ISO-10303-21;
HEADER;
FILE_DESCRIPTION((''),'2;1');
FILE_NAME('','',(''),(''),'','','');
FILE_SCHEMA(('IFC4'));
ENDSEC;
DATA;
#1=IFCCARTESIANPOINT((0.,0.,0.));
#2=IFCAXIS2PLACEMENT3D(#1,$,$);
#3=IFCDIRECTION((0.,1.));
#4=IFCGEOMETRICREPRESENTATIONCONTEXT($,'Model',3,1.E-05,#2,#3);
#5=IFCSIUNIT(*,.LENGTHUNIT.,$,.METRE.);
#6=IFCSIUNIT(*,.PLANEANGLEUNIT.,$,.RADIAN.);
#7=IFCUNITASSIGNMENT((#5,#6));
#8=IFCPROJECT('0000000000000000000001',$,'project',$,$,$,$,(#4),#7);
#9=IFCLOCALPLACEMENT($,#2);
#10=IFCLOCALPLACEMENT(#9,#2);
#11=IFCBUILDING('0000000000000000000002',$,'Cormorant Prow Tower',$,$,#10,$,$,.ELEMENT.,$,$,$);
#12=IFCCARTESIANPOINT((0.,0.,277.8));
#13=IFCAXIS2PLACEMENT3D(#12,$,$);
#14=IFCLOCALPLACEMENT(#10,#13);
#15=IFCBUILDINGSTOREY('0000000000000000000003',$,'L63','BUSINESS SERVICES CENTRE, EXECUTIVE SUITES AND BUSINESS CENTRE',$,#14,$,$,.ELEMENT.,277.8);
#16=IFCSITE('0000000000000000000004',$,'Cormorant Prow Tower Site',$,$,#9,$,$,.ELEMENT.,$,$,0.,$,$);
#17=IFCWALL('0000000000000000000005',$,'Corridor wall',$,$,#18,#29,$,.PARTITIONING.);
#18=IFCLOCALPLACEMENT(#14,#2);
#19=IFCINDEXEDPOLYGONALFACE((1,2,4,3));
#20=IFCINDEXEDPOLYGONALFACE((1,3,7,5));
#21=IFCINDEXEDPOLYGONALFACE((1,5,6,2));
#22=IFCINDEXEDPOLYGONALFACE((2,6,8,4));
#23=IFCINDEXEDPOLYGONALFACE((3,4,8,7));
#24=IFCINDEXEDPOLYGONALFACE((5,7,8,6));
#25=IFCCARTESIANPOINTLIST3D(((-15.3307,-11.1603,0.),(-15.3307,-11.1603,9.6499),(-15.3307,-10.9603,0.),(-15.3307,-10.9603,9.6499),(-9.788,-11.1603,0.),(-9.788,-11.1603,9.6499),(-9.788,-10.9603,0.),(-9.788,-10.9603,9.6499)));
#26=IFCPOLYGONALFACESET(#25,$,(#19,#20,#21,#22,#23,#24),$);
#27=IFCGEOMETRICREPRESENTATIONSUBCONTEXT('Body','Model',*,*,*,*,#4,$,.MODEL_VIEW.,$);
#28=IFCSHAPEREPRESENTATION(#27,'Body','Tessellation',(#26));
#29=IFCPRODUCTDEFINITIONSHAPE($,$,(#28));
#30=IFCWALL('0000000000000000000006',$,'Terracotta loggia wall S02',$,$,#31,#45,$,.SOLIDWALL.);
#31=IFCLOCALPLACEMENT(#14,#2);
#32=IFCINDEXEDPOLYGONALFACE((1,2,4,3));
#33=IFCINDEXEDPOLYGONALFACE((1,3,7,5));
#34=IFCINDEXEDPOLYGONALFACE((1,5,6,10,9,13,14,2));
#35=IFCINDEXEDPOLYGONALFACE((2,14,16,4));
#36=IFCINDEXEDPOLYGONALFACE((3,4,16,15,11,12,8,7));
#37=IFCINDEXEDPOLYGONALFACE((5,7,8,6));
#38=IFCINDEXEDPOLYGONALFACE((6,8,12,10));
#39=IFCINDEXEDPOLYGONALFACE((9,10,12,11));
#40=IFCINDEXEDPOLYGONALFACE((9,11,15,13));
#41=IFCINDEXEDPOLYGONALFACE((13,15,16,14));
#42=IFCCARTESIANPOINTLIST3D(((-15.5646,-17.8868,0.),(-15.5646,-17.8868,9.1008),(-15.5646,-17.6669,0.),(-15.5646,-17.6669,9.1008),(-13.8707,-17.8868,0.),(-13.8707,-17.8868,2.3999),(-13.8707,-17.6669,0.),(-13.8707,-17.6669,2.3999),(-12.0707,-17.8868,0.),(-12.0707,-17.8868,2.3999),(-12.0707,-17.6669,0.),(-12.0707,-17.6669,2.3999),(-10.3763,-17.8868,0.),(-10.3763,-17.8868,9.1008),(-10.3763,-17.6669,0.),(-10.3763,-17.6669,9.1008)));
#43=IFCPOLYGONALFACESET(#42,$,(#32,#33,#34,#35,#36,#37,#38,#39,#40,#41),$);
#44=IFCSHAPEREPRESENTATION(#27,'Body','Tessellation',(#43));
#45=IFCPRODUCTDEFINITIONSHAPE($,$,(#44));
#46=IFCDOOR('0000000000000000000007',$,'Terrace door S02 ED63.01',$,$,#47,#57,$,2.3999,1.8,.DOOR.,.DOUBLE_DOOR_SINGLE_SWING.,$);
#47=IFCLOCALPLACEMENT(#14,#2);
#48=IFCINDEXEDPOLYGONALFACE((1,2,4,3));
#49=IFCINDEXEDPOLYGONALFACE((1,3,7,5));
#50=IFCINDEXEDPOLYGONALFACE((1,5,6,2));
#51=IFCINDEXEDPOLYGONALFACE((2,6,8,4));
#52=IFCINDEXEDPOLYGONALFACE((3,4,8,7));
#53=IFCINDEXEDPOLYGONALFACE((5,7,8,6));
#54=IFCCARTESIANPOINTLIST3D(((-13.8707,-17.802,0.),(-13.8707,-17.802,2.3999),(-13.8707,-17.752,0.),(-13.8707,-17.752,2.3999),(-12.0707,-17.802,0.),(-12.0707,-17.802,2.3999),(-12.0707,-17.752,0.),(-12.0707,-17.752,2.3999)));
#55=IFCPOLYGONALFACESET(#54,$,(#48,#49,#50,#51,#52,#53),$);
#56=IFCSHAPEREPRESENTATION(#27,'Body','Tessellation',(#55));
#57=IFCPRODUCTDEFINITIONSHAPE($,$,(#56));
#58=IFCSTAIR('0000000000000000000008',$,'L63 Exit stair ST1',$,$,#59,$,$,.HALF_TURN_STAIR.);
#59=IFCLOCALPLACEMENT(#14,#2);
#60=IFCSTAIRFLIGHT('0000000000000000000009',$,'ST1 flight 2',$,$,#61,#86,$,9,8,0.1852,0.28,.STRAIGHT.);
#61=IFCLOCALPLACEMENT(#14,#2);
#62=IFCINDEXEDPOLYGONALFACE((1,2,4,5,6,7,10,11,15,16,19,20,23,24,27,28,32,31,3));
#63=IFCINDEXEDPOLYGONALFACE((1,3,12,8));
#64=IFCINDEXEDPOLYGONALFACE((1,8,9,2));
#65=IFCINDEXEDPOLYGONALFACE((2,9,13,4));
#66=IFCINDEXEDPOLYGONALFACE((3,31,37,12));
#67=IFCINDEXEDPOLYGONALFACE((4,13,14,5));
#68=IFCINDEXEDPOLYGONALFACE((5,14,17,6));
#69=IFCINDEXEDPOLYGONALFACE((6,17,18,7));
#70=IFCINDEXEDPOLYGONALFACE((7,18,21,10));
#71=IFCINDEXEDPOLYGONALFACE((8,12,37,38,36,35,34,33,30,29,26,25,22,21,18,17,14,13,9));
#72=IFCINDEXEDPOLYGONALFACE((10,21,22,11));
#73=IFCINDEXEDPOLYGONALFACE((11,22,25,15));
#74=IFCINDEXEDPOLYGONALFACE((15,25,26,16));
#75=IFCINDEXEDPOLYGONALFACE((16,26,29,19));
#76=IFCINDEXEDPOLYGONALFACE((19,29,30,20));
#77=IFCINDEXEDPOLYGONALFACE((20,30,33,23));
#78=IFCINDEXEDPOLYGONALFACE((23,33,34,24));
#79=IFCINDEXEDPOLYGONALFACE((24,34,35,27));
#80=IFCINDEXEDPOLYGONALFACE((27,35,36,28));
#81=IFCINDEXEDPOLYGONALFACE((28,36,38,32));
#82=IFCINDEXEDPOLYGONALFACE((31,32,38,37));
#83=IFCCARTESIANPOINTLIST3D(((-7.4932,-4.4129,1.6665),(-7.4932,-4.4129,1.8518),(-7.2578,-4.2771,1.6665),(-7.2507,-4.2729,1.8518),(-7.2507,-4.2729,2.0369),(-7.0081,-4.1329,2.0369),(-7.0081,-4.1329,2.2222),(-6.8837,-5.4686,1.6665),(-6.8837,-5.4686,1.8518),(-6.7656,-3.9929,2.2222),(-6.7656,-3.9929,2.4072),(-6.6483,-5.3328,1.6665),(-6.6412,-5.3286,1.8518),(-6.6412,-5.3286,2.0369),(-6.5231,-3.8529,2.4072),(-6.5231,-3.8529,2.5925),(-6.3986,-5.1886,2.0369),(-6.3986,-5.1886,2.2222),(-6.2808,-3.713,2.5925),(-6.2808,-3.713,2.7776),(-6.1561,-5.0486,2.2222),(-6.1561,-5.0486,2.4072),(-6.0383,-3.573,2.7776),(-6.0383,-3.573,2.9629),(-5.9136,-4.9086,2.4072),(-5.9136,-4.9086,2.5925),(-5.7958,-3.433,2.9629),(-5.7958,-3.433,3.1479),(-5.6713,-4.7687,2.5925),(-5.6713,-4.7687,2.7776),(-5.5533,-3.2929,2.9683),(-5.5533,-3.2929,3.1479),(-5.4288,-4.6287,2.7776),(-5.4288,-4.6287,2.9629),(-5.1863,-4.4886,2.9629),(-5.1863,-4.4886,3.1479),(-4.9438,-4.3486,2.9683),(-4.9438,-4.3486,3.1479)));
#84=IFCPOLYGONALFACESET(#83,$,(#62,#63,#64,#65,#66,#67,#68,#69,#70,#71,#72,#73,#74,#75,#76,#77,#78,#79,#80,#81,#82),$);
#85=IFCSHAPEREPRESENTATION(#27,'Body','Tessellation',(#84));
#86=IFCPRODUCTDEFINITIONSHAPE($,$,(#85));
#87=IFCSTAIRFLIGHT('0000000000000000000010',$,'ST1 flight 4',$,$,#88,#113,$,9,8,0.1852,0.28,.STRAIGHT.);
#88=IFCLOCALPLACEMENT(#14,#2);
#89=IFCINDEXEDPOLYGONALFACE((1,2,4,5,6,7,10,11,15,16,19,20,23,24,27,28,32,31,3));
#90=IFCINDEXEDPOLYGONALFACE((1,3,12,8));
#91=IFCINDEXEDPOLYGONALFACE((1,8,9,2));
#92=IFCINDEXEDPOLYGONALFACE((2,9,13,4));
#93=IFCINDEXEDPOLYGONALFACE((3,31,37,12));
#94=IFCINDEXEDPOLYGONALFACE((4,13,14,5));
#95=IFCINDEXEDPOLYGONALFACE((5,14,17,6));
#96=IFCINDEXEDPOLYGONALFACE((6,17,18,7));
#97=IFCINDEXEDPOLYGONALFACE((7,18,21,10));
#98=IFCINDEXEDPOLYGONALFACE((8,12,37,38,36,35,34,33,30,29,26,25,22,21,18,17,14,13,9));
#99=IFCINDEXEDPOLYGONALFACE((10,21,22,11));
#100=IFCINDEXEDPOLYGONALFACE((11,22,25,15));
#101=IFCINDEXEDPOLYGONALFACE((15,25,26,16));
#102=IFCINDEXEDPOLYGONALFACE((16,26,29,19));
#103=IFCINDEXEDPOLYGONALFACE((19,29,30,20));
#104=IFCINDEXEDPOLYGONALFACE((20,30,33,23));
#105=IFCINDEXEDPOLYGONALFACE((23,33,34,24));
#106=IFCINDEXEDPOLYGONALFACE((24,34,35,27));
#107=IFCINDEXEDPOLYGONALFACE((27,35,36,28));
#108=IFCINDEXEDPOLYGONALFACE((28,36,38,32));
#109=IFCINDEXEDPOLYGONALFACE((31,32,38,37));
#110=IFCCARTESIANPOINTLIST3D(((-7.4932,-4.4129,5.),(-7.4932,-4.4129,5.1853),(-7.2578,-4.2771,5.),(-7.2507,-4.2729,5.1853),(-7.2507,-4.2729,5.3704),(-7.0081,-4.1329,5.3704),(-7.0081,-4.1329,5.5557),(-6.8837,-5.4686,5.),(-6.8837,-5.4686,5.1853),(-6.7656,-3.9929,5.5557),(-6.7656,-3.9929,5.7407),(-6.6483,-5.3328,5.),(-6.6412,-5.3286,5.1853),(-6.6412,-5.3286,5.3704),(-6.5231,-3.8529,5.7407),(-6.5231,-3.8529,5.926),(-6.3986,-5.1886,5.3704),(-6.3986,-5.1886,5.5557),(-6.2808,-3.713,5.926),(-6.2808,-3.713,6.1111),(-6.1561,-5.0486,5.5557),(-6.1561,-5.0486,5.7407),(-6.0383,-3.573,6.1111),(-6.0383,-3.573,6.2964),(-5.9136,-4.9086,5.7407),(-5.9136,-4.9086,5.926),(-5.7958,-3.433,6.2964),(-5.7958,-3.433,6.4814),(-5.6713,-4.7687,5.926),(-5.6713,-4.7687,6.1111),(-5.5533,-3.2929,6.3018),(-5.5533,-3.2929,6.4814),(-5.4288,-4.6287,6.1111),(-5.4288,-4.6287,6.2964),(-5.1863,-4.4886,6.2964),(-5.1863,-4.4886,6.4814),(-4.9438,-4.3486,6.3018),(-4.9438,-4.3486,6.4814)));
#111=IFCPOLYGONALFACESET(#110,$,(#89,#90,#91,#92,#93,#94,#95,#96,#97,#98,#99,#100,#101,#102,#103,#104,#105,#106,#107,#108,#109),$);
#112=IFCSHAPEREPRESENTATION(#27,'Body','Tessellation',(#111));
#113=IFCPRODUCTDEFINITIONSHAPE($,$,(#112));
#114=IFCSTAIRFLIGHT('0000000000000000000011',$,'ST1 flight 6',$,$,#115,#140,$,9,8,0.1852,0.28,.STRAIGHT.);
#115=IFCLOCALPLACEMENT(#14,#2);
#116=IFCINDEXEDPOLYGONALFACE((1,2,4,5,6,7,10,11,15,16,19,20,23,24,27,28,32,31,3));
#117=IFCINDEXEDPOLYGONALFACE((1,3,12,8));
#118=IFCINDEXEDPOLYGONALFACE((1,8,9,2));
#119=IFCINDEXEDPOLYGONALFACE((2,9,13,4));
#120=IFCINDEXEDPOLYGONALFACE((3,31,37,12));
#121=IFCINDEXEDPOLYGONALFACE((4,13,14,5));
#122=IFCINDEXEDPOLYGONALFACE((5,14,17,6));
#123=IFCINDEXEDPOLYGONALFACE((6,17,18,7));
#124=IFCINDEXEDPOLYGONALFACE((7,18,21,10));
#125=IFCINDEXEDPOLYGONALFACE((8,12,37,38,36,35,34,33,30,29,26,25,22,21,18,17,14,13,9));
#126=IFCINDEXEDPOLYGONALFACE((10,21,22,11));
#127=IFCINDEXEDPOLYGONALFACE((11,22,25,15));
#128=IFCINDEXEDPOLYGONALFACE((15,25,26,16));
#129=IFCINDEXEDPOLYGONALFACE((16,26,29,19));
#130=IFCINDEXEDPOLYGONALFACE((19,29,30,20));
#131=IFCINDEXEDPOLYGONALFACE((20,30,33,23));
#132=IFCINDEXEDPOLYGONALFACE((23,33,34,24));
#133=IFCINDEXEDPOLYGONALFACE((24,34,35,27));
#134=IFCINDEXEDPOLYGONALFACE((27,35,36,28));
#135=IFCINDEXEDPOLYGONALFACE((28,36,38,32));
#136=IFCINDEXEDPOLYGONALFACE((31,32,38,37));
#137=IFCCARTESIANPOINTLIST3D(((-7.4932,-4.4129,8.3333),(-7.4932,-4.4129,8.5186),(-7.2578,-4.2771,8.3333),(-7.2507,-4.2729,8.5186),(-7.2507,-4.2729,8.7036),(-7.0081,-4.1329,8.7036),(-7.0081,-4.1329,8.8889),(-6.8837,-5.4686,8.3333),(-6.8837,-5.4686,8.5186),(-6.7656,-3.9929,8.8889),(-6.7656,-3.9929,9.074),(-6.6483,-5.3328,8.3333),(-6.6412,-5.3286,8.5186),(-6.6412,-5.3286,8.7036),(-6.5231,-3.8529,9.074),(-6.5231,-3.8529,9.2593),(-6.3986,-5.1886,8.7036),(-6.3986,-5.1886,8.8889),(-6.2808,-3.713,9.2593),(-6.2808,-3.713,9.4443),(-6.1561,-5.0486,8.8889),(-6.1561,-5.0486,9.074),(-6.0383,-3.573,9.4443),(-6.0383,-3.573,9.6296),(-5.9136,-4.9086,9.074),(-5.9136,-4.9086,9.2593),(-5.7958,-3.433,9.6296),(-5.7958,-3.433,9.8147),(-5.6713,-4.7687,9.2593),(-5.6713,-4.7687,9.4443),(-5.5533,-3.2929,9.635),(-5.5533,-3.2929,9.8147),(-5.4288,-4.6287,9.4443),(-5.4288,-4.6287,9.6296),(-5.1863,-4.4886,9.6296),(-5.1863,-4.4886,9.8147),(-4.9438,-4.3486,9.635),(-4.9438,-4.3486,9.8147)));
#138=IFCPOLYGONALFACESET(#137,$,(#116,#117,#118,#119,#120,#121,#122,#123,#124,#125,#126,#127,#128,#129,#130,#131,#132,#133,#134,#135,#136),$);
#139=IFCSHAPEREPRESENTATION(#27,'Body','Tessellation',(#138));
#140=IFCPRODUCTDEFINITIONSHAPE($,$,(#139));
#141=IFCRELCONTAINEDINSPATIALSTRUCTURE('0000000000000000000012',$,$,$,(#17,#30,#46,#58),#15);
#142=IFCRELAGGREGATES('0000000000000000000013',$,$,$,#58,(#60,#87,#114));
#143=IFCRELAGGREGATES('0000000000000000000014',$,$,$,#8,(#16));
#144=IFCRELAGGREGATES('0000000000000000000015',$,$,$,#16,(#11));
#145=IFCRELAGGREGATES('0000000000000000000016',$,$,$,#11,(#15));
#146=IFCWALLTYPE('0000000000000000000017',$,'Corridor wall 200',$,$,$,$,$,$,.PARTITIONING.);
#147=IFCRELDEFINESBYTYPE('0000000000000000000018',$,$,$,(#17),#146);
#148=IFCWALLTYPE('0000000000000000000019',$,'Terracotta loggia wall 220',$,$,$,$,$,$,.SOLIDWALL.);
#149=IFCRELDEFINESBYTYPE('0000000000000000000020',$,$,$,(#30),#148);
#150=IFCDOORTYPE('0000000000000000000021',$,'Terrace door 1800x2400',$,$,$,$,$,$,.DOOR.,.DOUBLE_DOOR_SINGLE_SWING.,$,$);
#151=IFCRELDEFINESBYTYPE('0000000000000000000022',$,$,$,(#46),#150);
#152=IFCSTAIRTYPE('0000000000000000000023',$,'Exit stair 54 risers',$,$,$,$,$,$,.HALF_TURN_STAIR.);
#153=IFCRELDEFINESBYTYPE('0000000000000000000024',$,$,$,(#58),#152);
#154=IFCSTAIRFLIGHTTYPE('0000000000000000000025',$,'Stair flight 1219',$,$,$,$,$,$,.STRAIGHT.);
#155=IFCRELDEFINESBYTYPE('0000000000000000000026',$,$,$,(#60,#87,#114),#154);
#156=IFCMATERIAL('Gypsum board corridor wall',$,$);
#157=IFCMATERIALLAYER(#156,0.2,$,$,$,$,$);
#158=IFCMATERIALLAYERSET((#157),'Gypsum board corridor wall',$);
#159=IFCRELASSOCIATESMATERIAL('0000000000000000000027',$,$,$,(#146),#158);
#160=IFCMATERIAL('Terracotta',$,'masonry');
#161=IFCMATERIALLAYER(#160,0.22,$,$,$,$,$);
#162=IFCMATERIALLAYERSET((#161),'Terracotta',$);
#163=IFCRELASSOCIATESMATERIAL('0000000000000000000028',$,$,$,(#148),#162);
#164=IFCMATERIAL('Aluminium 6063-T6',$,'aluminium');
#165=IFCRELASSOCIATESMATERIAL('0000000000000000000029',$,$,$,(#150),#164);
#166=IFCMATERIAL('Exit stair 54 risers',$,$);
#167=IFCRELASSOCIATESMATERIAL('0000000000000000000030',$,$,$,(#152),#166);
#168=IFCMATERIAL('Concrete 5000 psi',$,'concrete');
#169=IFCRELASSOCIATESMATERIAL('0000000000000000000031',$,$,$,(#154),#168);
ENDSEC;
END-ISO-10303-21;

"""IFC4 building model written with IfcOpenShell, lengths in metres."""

from ifc_helpers import new_model, si_unit, direction, frame, frame_2d, origin, place, context, subcontext, project, spatial, polyline, rectangle, outline, extrude, material, layer, layer_set, type_object, element, fill, aggregate, save


model = new_model("IFC4")

# Units and contexts
model_context = context("Model", 3, precision=1e-05, world=origin(), true_north=direction((0.0, 1.0)))
body_context = subcontext(model_context, "Body", "Model", "MODEL_VIEW")
ifc_project = project(units=[si_unit("LENGTHUNIT", "METRE"), si_unit("PLANEANGLEUNIT", "RADIAN")], contexts=[model_context])

# Site, building, storey
site_placement = place(None, origin())
site = spatial("IfcSite", under=ifc_project, at=site_placement, Name="Cormorant Prow Tower Site", CompositionType="ELEMENT", RefElevation=0.0)
building_placement = place(site_placement, origin())
building = spatial("IfcBuilding", under=site, at=building_placement, Name="Cormorant Prow Tower", CompositionType="ELEMENT")
storey_placement = place(building_placement, frame((0.0, 0.0, 277.8)))
storey = spatial("IfcBuildingStorey", under=building, at=storey_placement, Name="L63", Description="BUSINESS SERVICES CENTRE, EXECUTIVE SUITES AND BUSINESS CENTRE", CompositionType="ELEMENT", Elevation=277.8)

# Shared definitions
ifc_material_1 = material(Name="Gypsum board corridor wall")
ifc_layer_1 = layer(ifc_material_1, 0.2)
ifc_layer_set_1 = layer_set([ifc_layer_1], Name="Gypsum board corridor wall")
wall_type_1 = type_object("IfcWallType", Name="Corridor wall 200", PredefinedType="PARTITIONING", material=ifc_layer_set_1)

# Wall
wall_1_placement = place(storey_placement, frame((-15.3308, -11.0603, 0.0), z_axis=(0.0, 0.0, 1.0), x_axis=(1.0, 0.0, 0.0)))
element("IfcWall", 1, at=wall_1_placement, inside=storey, type_object=wall_type_1, Name="Corridor wall", PredefinedType="PARTITIONING", context=body_context, shape_type="SweptSolid", body=[
    extrude(rectangle(XDim=5.5427, YDim=0.2, at=frame_2d((2.7715, 0.0))), origin(), (0.0, 0.0, 1.0), 9.6499),
])

# Wall, opening, door
ifc_material_2 = material(Name="Terracotta", Category="masonry")
ifc_layer_2 = layer(ifc_material_2, 0.22)
ifc_layer_set_2 = layer_set([ifc_layer_2], Name="Terracotta")
wall_type_2 = type_object("IfcWallType", Name="Terracotta loggia wall 220", PredefinedType="SOLIDWALL", material=ifc_layer_set_2)
wall_2_placement = place(storey_placement, frame((-15.5647, -17.7769, 0.0), z_axis=(0.0, 0.0, 1.0), x_axis=(1.0, 0.0, 0.0)))
wall_2 = element("IfcWall", 2, at=wall_2_placement, inside=storey, type_object=wall_type_2, Name="Terracotta loggia wall S02", PredefinedType="SOLIDWALL", context=body_context, shape_type="SweptSolid", body=[
    extrude(rectangle(XDim=5.1882, YDim=0.22, at=frame_2d((2.5942, 0.0))), origin(), (0.0, 0.0, 1.0), 9.1008),
])
opening_1_placement = place(wall_2_placement, frame((1.6941, 0.0, 0.0)))
opening_1 = element("IfcOpeningElement", 3, at=opening_1_placement, cuts=wall_2, PredefinedType="OPENING", context=body_context, shape_type="SweptSolid", body=[
    extrude(rectangle(XDim=1.8, YDim=2.3999, at=frame_2d((0.8999, 1.2))), frame((0.0, 0.1199, 0.0), z_axis=(0.0, -1.0, 0.0), x_axis=(1.0, 0.0, 0.0)), (0.0, 0.0, 1.0), 0.24),
])
ifc_material_3 = material(Name="Aluminium 6063-T6", Category="aluminium")
door_type_1 = type_object("IfcDoorType", Name="Terrace door 1800x2400", OperationType="DOUBLE_DOOR_SINGLE_SWING", PredefinedType="DOOR", material=ifc_material_3)
door_1_placement = place(opening_1_placement, origin())
door_1 = element("IfcDoor", 4, at=door_1_placement, inside=storey, type_object=door_type_1, Name="Terrace door S02 ED63.01", OperationType="DOUBLE_DOOR_SINGLE_SWING", OverallHeight=2.3999, OverallWidth=1.8, PredefinedType="DOOR", context=body_context, shape_type="SweptSolid", body=[
    extrude(rectangle(XDim=1.8, YDim=2.3999, at=frame_2d((0.8999, 1.2))), frame((0.0, 0.0249, 0.0), z_axis=(0.0, -1.0, 0.0), x_axis=(1.0, 0.0, 0.0)), (0.0, 0.0, 1.0), 0.05),
])
fill(opening_1, door_1)

# Stair, stair flights
ifc_material_4 = material(Name="Exit stair 54 risers")
stair_type = type_object("IfcStairType", Name="Exit stair 54 risers", PredefinedType="HALF_TURN_STAIR", material=ifc_material_4)
stair_placement = place(storey_placement, origin())
stair = element("IfcStair", 5, at=stair_placement, inside=storey, type_object=stair_type, Name="L63 Exit stair ST1", PredefinedType="HALF_TURN_STAIR")
ifc_material_5 = material(Name="Concrete 5000 psi", Category="concrete")
stair_flight_type = type_object("IfcStairFlightType", Name="Stair flight 1219", PredefinedType="STRAIGHT", material=ifc_material_5)
stair_flight_1_placement = place(storey_placement, frame((-7.1885, -4.9407, 1.6665), z_axis=(0.0, 0.0, 1.0), x_axis=(0.866025, 0.5, 0.0)))
stair_flight_1 = element("IfcStairFlight", 6, at=stair_flight_1_placement, type_object=stair_flight_type, Name="ST1 flight 2", NumberOfRisers=9, NumberOfTreads=8, PredefinedType="STRAIGHT", RiserHeight=0.1852, TreadLength=0.28, context=body_context, shape_type="SweptSolid", body=[
    extrude(outline(polyline([(0.0, 0.0), (0.0, 0.1853), (0.28, 0.1853), (0.28, 0.3704), (0.5601, 0.3704), (0.5601, 0.5557), (0.8401, 0.5557), (0.8401, 0.7407), (1.1201, 0.7407), (1.1201, 0.926), (1.3999, 0.926), (1.3999, 1.1111), (1.6799, 1.1111), (1.6799, 1.2964), (1.96, 1.2964), (1.96, 1.4814), (2.24, 1.4814), (2.24, 1.6667), (2.24, 1.3018), (0.2717, 0.0), (0.0, 0.0)])), frame((0.0, 0.6094, 0.0), z_axis=(0.0, -1.0, 0.0), x_axis=(1.0, 0.0, 0.0)), (0.0, 0.0, 1.0), 1.219),
])
stair_flight_2_placement = place(storey_placement, frame((-7.1885, -4.9407, 5.0), z_axis=(0.0, 0.0, 1.0), x_axis=(0.866025, 0.5, 0.0)))
stair_flight_2 = element("IfcStairFlight", 7, at=stair_flight_2_placement, type_object=stair_flight_type, Name="ST1 flight 4", NumberOfRisers=9, NumberOfTreads=8, PredefinedType="STRAIGHT", RiserHeight=0.1852, TreadLength=0.28, context=body_context, shape_type="SweptSolid", body=[
    extrude(outline(polyline([(0.0, 0.0), (0.0, 0.1853), (0.28, 0.1853), (0.28, 0.3704), (0.5601, 0.3704), (0.5601, 0.5557), (0.8401, 0.5557), (0.8401, 0.7407), (1.1201, 0.7407), (1.1201, 0.926), (1.3999, 0.926), (1.3999, 1.1111), (1.6799, 1.1111), (1.6799, 1.2964), (1.96, 1.2964), (1.96, 1.4814), (2.24, 1.4814), (2.24, 1.6667), (2.24, 1.3018), (0.2717, 0.0), (0.0, 0.0)])), frame((0.0, 0.6094, 0.0), z_axis=(0.0, -1.0, 0.0), x_axis=(1.0, 0.0, 0.0)), (0.0, 0.0, 1.0), 1.219),
])
stair_flight_3_placement = place(storey_placement, frame((-7.1885, -4.9407, 8.3333), z_axis=(0.0, 0.0, 1.0), x_axis=(0.866025, 0.5, 0.0)))
stair_flight_3 = element("IfcStairFlight", 8, at=stair_flight_3_placement, type_object=stair_flight_type, Name="ST1 flight 6", NumberOfRisers=9, NumberOfTreads=8, PredefinedType="STRAIGHT", RiserHeight=0.1852, TreadLength=0.28, context=body_context, shape_type="SweptSolid", body=[
    extrude(outline(polyline([(0.0, 0.0), (0.0, 0.1853), (0.28, 0.1853), (0.28, 0.3704), (0.5601, 0.3704), (0.5601, 0.5557), (0.8401, 0.5557), (0.8401, 0.7407), (1.1201, 0.7407), (1.1201, 0.926), (1.3999, 0.926), (1.3999, 1.1111), (1.6799, 1.1111), (1.6799, 1.2964), (1.96, 1.2964), (1.96, 1.4814), (2.24, 1.4814), (2.24, 1.6667), (2.24, 1.3018), (0.2717, 0.0), (0.0, 0.0)])), frame((0.0, 0.6094, 0.0), z_axis=(0.0, -1.0, 0.0), x_axis=(1.0, 0.0, 0.0)), (0.0, 0.0, 1.0), 1.219),
])
aggregate(stair, [stair_flight_1, stair_flight_2, stair_flight_3])

save(model, "model.ifc")
